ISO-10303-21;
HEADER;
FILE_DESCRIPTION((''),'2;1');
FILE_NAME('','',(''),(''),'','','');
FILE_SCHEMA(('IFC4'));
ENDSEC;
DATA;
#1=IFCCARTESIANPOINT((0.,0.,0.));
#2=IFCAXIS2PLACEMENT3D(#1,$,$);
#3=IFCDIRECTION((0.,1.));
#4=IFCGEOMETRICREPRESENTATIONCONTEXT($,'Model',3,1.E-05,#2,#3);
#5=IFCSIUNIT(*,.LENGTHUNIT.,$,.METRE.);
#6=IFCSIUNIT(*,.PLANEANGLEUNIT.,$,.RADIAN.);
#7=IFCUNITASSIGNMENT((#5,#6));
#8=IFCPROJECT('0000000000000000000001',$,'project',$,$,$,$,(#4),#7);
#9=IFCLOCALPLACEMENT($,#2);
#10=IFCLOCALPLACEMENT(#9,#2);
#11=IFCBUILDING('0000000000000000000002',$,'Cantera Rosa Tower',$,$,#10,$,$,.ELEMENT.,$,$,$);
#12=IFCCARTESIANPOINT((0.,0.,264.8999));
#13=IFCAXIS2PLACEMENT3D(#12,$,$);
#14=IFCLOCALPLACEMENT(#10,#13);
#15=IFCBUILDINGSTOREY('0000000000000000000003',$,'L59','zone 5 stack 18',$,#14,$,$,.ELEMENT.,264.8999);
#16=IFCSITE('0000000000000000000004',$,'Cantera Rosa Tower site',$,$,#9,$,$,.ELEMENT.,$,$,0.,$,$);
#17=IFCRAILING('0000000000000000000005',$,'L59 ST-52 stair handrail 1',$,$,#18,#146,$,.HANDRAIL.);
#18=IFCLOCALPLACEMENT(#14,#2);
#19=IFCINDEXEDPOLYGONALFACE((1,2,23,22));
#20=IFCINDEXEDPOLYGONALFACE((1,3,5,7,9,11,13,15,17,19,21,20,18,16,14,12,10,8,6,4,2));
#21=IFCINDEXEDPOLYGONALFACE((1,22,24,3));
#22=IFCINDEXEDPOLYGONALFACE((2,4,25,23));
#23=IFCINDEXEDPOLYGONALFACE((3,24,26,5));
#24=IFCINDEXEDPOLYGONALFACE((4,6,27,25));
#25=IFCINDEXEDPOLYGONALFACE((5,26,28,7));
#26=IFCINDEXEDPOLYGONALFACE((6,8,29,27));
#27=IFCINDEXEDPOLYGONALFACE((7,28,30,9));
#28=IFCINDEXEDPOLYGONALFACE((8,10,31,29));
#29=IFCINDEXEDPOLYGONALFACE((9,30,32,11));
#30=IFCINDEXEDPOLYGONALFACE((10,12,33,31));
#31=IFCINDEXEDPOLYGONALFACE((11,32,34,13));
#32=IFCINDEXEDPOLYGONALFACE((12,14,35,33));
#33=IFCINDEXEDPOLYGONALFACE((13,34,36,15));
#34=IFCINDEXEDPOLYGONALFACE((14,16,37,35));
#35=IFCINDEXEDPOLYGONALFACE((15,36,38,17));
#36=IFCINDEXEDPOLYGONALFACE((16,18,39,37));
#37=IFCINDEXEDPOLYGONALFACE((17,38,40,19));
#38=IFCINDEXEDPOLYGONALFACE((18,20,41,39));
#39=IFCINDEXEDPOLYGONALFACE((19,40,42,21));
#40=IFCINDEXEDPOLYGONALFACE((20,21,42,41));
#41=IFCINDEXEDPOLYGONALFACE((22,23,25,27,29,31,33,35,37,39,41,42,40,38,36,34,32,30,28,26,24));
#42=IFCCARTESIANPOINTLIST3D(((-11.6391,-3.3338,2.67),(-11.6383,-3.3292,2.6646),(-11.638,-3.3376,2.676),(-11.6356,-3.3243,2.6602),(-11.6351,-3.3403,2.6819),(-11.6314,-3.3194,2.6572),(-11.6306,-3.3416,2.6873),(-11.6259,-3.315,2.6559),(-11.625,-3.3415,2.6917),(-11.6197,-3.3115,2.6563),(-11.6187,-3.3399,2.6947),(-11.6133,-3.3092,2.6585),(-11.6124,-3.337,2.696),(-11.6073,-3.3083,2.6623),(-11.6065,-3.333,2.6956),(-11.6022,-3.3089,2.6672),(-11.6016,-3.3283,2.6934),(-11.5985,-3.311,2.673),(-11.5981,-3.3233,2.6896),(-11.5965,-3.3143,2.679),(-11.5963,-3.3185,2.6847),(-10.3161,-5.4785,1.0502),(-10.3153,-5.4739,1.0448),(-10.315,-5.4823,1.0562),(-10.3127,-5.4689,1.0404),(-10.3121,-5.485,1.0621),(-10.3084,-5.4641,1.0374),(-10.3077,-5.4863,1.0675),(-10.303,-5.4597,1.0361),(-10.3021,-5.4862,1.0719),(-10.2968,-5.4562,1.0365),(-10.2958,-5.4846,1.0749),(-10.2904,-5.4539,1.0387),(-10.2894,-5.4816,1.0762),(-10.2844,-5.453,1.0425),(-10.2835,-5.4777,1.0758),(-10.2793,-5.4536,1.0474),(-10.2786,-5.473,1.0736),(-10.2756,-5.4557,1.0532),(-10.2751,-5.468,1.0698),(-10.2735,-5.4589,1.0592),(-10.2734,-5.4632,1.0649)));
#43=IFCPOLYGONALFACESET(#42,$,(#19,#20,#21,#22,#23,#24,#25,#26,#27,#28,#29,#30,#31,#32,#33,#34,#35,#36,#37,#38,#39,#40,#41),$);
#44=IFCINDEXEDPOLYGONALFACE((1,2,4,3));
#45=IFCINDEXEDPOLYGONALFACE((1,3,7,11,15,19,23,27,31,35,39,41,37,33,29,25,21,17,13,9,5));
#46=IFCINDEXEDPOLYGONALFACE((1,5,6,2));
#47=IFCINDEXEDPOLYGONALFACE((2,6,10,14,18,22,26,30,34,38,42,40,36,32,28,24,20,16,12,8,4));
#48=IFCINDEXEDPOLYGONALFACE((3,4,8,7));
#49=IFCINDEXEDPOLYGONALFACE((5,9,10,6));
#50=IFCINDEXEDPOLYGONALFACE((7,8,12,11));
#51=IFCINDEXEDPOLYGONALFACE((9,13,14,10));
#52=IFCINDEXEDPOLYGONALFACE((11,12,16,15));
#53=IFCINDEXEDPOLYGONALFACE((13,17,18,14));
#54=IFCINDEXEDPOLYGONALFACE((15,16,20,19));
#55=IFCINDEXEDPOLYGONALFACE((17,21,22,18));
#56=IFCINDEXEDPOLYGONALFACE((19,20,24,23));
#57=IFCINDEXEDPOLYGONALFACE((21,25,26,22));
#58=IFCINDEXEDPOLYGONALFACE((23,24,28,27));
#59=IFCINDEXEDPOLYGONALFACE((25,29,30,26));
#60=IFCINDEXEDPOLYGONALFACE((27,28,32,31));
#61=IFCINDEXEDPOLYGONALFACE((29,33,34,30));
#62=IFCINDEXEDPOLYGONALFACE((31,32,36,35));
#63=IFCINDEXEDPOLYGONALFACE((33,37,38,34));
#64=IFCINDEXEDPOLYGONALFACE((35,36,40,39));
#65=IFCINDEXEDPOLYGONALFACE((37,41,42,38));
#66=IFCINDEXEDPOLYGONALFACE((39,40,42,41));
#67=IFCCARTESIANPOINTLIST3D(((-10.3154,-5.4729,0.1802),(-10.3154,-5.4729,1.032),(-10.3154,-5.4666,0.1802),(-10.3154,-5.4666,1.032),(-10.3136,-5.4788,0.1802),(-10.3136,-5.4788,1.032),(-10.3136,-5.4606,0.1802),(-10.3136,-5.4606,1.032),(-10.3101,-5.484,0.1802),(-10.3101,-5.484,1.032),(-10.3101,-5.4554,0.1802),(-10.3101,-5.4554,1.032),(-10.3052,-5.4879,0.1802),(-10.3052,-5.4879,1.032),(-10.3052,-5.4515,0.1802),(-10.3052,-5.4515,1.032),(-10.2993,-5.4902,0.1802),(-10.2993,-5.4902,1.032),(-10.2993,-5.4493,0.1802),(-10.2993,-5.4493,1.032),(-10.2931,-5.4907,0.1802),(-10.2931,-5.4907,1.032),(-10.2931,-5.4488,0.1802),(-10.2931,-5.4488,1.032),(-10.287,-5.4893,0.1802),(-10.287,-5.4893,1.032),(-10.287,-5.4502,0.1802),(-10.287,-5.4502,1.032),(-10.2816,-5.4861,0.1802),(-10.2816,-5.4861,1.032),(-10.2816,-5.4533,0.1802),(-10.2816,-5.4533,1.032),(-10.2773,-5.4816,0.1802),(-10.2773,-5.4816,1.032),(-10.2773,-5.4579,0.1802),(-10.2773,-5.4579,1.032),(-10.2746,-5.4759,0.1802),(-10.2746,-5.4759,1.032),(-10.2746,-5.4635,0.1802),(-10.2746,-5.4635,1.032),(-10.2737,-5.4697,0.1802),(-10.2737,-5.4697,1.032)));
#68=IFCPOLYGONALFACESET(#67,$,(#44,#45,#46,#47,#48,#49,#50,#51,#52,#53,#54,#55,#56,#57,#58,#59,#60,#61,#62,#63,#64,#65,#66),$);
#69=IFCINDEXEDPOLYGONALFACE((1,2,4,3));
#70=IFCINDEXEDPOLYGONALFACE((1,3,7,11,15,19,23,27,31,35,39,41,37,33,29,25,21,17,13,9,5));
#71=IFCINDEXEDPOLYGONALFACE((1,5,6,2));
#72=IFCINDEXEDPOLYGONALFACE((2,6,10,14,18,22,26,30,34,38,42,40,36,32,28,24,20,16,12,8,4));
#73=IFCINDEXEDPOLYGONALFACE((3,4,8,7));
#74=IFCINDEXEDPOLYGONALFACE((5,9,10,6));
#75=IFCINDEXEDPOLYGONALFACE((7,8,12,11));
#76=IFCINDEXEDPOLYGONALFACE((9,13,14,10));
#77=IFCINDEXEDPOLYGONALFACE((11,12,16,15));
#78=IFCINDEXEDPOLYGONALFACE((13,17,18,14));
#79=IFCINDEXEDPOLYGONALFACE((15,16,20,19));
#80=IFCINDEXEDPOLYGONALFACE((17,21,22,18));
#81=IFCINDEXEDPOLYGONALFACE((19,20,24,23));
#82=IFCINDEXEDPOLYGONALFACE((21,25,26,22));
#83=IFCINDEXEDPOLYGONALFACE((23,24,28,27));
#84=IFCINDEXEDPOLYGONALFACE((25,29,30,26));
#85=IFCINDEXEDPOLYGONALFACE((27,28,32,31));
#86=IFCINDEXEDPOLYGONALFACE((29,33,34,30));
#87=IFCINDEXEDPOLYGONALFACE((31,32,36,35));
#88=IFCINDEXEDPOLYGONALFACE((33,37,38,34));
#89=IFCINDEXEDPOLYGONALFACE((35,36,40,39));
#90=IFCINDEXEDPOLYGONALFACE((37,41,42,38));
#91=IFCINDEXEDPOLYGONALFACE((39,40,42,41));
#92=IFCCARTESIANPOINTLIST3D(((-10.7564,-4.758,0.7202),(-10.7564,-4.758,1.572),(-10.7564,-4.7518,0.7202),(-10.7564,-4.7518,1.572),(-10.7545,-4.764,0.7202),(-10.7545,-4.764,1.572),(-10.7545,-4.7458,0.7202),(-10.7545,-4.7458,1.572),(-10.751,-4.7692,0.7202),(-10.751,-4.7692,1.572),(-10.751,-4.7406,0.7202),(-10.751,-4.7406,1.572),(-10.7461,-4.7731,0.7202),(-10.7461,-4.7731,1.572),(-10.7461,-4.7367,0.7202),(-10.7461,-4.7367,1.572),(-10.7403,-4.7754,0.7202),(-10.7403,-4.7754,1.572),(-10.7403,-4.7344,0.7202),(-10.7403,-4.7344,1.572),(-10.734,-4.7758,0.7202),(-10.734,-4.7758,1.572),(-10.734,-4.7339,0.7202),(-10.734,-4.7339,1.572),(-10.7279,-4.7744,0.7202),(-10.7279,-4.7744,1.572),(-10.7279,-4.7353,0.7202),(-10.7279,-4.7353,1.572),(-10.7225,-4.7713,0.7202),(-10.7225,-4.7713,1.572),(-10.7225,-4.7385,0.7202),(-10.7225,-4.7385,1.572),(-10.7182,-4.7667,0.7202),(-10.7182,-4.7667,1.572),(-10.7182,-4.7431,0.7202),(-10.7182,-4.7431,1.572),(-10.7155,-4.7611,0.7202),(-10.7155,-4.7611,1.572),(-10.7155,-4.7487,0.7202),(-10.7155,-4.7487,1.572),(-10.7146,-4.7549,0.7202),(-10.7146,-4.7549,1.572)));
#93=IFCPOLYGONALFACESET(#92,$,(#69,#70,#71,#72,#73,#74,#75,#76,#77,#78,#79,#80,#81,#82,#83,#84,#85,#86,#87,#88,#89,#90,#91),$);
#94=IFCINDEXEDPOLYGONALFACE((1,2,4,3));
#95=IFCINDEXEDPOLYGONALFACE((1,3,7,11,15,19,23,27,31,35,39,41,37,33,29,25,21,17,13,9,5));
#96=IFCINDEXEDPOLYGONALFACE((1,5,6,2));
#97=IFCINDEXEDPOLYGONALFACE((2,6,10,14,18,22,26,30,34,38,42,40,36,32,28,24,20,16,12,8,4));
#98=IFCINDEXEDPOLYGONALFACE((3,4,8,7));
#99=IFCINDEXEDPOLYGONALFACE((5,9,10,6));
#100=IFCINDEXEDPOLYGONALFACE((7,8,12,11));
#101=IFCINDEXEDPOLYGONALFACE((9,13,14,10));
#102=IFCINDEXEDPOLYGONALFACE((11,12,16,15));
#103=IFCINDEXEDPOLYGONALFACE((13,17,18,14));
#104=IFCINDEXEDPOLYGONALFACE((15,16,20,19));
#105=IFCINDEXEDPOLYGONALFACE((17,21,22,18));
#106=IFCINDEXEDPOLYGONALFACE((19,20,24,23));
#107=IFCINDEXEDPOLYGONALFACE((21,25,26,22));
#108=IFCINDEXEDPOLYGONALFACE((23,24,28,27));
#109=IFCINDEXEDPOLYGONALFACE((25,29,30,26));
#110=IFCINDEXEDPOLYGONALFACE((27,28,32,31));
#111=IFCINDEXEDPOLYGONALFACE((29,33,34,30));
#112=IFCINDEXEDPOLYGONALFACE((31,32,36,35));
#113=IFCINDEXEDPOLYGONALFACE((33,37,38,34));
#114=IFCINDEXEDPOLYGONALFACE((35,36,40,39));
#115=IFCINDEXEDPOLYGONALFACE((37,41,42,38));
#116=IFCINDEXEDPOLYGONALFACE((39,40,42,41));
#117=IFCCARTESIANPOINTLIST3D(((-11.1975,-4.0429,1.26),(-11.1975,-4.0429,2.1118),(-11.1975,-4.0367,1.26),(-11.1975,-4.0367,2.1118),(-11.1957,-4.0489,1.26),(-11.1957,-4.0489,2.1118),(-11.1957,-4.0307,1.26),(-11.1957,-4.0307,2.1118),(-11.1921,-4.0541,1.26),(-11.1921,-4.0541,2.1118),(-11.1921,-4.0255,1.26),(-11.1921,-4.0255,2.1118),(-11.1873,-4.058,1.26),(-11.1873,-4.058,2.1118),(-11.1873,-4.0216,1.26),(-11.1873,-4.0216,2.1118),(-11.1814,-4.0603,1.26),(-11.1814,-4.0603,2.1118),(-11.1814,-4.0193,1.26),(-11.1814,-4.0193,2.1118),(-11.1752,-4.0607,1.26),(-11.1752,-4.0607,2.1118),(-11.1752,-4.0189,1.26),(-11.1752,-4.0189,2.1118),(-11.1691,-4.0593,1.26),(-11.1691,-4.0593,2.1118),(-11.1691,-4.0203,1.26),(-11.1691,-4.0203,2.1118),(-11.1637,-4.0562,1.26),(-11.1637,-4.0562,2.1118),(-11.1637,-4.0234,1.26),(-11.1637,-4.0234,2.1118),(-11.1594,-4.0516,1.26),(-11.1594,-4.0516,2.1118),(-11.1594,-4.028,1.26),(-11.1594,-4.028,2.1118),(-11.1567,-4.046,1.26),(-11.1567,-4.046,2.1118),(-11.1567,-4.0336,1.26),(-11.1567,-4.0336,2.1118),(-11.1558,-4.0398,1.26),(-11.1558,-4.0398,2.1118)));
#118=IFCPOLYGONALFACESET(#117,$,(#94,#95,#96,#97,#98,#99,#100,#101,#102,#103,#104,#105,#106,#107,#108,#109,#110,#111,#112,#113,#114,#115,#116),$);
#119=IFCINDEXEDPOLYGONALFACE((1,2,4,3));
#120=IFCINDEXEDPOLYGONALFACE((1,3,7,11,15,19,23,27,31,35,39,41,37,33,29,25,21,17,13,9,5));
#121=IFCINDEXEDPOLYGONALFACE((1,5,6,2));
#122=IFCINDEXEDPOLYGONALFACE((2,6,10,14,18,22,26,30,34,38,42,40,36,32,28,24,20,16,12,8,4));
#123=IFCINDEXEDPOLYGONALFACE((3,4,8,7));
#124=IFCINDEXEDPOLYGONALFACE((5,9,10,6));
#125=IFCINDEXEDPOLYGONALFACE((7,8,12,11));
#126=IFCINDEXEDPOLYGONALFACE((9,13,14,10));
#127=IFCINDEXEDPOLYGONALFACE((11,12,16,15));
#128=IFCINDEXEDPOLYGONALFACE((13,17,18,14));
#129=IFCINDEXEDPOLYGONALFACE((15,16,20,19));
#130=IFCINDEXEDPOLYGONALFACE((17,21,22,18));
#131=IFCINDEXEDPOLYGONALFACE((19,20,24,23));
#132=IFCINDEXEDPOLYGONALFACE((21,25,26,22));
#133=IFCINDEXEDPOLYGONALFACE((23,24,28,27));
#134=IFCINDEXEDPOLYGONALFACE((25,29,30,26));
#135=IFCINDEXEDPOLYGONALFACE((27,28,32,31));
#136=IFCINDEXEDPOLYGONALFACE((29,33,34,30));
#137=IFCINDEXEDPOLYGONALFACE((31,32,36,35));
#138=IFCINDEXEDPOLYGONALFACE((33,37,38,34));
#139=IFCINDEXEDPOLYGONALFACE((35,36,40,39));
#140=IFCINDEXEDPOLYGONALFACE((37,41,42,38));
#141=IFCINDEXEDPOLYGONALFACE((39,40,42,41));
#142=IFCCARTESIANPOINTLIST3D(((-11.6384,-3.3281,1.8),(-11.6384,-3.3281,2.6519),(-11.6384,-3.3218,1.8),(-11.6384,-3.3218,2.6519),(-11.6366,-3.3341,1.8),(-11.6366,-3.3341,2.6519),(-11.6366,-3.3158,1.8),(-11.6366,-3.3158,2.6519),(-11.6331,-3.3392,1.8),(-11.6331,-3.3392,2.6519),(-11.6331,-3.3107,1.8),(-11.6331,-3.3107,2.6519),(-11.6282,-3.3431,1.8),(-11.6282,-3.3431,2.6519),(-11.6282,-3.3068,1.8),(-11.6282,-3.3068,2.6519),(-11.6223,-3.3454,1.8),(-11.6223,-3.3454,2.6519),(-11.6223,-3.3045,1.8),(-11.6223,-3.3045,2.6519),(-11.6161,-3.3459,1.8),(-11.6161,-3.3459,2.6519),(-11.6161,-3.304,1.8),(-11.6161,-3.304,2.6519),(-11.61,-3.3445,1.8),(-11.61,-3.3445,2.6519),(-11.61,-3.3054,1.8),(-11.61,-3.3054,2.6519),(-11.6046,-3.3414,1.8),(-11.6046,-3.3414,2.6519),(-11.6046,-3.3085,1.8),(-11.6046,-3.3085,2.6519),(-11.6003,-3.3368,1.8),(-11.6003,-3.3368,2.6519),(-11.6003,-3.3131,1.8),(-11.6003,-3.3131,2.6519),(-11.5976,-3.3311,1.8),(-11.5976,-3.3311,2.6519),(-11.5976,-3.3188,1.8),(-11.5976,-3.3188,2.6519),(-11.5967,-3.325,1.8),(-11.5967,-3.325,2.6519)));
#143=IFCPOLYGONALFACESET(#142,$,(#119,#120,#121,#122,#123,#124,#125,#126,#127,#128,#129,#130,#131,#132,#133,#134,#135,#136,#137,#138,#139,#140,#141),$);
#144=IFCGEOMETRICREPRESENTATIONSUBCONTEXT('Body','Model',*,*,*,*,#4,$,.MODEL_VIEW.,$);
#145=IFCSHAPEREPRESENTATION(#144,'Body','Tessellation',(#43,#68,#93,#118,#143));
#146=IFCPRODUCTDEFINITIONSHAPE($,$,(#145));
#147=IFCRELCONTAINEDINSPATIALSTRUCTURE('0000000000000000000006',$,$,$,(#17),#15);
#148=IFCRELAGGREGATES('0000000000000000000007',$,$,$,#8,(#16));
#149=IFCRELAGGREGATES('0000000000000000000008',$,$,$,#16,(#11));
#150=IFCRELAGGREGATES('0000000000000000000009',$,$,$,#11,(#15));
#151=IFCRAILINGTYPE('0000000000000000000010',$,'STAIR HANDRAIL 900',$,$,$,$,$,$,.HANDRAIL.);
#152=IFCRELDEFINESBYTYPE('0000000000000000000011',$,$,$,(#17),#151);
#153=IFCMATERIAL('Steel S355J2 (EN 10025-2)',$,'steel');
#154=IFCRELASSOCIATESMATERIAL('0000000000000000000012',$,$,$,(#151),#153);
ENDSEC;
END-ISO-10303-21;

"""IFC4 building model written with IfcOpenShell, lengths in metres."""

from ifc_helpers import new_model, si_unit, direction, frame, origin, origin_2d, place, context, subcontext, project, spatial, circle, extrude, material, type_object, element, save


model = new_model("IFC4")

# Units and contexts
model_context = context("Model", 3, precision=1e-05, world=origin(), true_north=direction((0.0, 1.0)))
body_context = subcontext(model_context, "Body", "Model", "MODEL_VIEW")
ifc_project = project(units=[si_unit("LENGTHUNIT", "METRE"), si_unit("PLANEANGLEUNIT", "RADIAN")], contexts=[model_context])

# Site, building, storey
site_placement = place(None, origin())
site = spatial("IfcSite", under=ifc_project, at=site_placement, Name="Cantera Rosa Tower site", CompositionType="ELEMENT", RefElevation=0.0)
building_placement = place(site_placement, origin())
building = spatial("IfcBuilding", under=site, at=building_placement, Name="Cantera Rosa Tower", CompositionType="ELEMENT")
storey_placement = place(building_placement, frame((0.0, 0.0, 264.8999)))
storey = spatial("IfcBuildingStorey", under=building, at=storey_placement, Name="L59", Description="zone 5 stack 18", CompositionType="ELEMENT", Elevation=264.8999)

# Railing
ifc_material_1 = material(Name="Steel S355J2 (EN 10025-2)", Category="steel")
railing_type_1 = type_object("IfcRailingType", Name="STAIR HANDRAIL 900", PredefinedType="HANDRAIL", material=ifc_material_1)
railing_1_placement = place(storey_placement, frame((-10.2947, -5.4697, 0.1802)))
element("IfcRailing", 1, at=railing_1_placement, inside=storey, type_object=railing_type_1, Name="L59 ST-52 stair handrail 1", PredefinedType="HANDRAIL", context=body_context, shape_type="SweptSolid", body=[
    extrude(circle(Radius=0.0239, at=origin_2d()), frame((0.0, 0.0, 0.876), z_axis=(-0.441629, 0.715945, 0.540728), x_axis=(-0.851102, -0.525, 0.0)), (0.0, 0.0, 1.0), 2.9956),
    extrude(circle(Radius=0.021, at=origin_2d()), origin(), (0.0, 0.0, 1.0), 0.8518),
    extrude(circle(Radius=0.021, at=origin_2d()), frame((-0.4409, 0.7148, 0.54)), (0.0, 0.0, 1.0), 0.8518),
    extrude(circle(Radius=0.021, at=origin_2d()), frame((-0.8821, 1.4299, 1.0798)), (0.0, 0.0, 1.0), 0.8518),
    extrude(circle(Radius=0.021, at=origin_2d()), frame((-1.323, 2.1448, 1.6199)), (0.0, 0.0, 1.0), 0.8518),
])

save(model, "model.ifc")
